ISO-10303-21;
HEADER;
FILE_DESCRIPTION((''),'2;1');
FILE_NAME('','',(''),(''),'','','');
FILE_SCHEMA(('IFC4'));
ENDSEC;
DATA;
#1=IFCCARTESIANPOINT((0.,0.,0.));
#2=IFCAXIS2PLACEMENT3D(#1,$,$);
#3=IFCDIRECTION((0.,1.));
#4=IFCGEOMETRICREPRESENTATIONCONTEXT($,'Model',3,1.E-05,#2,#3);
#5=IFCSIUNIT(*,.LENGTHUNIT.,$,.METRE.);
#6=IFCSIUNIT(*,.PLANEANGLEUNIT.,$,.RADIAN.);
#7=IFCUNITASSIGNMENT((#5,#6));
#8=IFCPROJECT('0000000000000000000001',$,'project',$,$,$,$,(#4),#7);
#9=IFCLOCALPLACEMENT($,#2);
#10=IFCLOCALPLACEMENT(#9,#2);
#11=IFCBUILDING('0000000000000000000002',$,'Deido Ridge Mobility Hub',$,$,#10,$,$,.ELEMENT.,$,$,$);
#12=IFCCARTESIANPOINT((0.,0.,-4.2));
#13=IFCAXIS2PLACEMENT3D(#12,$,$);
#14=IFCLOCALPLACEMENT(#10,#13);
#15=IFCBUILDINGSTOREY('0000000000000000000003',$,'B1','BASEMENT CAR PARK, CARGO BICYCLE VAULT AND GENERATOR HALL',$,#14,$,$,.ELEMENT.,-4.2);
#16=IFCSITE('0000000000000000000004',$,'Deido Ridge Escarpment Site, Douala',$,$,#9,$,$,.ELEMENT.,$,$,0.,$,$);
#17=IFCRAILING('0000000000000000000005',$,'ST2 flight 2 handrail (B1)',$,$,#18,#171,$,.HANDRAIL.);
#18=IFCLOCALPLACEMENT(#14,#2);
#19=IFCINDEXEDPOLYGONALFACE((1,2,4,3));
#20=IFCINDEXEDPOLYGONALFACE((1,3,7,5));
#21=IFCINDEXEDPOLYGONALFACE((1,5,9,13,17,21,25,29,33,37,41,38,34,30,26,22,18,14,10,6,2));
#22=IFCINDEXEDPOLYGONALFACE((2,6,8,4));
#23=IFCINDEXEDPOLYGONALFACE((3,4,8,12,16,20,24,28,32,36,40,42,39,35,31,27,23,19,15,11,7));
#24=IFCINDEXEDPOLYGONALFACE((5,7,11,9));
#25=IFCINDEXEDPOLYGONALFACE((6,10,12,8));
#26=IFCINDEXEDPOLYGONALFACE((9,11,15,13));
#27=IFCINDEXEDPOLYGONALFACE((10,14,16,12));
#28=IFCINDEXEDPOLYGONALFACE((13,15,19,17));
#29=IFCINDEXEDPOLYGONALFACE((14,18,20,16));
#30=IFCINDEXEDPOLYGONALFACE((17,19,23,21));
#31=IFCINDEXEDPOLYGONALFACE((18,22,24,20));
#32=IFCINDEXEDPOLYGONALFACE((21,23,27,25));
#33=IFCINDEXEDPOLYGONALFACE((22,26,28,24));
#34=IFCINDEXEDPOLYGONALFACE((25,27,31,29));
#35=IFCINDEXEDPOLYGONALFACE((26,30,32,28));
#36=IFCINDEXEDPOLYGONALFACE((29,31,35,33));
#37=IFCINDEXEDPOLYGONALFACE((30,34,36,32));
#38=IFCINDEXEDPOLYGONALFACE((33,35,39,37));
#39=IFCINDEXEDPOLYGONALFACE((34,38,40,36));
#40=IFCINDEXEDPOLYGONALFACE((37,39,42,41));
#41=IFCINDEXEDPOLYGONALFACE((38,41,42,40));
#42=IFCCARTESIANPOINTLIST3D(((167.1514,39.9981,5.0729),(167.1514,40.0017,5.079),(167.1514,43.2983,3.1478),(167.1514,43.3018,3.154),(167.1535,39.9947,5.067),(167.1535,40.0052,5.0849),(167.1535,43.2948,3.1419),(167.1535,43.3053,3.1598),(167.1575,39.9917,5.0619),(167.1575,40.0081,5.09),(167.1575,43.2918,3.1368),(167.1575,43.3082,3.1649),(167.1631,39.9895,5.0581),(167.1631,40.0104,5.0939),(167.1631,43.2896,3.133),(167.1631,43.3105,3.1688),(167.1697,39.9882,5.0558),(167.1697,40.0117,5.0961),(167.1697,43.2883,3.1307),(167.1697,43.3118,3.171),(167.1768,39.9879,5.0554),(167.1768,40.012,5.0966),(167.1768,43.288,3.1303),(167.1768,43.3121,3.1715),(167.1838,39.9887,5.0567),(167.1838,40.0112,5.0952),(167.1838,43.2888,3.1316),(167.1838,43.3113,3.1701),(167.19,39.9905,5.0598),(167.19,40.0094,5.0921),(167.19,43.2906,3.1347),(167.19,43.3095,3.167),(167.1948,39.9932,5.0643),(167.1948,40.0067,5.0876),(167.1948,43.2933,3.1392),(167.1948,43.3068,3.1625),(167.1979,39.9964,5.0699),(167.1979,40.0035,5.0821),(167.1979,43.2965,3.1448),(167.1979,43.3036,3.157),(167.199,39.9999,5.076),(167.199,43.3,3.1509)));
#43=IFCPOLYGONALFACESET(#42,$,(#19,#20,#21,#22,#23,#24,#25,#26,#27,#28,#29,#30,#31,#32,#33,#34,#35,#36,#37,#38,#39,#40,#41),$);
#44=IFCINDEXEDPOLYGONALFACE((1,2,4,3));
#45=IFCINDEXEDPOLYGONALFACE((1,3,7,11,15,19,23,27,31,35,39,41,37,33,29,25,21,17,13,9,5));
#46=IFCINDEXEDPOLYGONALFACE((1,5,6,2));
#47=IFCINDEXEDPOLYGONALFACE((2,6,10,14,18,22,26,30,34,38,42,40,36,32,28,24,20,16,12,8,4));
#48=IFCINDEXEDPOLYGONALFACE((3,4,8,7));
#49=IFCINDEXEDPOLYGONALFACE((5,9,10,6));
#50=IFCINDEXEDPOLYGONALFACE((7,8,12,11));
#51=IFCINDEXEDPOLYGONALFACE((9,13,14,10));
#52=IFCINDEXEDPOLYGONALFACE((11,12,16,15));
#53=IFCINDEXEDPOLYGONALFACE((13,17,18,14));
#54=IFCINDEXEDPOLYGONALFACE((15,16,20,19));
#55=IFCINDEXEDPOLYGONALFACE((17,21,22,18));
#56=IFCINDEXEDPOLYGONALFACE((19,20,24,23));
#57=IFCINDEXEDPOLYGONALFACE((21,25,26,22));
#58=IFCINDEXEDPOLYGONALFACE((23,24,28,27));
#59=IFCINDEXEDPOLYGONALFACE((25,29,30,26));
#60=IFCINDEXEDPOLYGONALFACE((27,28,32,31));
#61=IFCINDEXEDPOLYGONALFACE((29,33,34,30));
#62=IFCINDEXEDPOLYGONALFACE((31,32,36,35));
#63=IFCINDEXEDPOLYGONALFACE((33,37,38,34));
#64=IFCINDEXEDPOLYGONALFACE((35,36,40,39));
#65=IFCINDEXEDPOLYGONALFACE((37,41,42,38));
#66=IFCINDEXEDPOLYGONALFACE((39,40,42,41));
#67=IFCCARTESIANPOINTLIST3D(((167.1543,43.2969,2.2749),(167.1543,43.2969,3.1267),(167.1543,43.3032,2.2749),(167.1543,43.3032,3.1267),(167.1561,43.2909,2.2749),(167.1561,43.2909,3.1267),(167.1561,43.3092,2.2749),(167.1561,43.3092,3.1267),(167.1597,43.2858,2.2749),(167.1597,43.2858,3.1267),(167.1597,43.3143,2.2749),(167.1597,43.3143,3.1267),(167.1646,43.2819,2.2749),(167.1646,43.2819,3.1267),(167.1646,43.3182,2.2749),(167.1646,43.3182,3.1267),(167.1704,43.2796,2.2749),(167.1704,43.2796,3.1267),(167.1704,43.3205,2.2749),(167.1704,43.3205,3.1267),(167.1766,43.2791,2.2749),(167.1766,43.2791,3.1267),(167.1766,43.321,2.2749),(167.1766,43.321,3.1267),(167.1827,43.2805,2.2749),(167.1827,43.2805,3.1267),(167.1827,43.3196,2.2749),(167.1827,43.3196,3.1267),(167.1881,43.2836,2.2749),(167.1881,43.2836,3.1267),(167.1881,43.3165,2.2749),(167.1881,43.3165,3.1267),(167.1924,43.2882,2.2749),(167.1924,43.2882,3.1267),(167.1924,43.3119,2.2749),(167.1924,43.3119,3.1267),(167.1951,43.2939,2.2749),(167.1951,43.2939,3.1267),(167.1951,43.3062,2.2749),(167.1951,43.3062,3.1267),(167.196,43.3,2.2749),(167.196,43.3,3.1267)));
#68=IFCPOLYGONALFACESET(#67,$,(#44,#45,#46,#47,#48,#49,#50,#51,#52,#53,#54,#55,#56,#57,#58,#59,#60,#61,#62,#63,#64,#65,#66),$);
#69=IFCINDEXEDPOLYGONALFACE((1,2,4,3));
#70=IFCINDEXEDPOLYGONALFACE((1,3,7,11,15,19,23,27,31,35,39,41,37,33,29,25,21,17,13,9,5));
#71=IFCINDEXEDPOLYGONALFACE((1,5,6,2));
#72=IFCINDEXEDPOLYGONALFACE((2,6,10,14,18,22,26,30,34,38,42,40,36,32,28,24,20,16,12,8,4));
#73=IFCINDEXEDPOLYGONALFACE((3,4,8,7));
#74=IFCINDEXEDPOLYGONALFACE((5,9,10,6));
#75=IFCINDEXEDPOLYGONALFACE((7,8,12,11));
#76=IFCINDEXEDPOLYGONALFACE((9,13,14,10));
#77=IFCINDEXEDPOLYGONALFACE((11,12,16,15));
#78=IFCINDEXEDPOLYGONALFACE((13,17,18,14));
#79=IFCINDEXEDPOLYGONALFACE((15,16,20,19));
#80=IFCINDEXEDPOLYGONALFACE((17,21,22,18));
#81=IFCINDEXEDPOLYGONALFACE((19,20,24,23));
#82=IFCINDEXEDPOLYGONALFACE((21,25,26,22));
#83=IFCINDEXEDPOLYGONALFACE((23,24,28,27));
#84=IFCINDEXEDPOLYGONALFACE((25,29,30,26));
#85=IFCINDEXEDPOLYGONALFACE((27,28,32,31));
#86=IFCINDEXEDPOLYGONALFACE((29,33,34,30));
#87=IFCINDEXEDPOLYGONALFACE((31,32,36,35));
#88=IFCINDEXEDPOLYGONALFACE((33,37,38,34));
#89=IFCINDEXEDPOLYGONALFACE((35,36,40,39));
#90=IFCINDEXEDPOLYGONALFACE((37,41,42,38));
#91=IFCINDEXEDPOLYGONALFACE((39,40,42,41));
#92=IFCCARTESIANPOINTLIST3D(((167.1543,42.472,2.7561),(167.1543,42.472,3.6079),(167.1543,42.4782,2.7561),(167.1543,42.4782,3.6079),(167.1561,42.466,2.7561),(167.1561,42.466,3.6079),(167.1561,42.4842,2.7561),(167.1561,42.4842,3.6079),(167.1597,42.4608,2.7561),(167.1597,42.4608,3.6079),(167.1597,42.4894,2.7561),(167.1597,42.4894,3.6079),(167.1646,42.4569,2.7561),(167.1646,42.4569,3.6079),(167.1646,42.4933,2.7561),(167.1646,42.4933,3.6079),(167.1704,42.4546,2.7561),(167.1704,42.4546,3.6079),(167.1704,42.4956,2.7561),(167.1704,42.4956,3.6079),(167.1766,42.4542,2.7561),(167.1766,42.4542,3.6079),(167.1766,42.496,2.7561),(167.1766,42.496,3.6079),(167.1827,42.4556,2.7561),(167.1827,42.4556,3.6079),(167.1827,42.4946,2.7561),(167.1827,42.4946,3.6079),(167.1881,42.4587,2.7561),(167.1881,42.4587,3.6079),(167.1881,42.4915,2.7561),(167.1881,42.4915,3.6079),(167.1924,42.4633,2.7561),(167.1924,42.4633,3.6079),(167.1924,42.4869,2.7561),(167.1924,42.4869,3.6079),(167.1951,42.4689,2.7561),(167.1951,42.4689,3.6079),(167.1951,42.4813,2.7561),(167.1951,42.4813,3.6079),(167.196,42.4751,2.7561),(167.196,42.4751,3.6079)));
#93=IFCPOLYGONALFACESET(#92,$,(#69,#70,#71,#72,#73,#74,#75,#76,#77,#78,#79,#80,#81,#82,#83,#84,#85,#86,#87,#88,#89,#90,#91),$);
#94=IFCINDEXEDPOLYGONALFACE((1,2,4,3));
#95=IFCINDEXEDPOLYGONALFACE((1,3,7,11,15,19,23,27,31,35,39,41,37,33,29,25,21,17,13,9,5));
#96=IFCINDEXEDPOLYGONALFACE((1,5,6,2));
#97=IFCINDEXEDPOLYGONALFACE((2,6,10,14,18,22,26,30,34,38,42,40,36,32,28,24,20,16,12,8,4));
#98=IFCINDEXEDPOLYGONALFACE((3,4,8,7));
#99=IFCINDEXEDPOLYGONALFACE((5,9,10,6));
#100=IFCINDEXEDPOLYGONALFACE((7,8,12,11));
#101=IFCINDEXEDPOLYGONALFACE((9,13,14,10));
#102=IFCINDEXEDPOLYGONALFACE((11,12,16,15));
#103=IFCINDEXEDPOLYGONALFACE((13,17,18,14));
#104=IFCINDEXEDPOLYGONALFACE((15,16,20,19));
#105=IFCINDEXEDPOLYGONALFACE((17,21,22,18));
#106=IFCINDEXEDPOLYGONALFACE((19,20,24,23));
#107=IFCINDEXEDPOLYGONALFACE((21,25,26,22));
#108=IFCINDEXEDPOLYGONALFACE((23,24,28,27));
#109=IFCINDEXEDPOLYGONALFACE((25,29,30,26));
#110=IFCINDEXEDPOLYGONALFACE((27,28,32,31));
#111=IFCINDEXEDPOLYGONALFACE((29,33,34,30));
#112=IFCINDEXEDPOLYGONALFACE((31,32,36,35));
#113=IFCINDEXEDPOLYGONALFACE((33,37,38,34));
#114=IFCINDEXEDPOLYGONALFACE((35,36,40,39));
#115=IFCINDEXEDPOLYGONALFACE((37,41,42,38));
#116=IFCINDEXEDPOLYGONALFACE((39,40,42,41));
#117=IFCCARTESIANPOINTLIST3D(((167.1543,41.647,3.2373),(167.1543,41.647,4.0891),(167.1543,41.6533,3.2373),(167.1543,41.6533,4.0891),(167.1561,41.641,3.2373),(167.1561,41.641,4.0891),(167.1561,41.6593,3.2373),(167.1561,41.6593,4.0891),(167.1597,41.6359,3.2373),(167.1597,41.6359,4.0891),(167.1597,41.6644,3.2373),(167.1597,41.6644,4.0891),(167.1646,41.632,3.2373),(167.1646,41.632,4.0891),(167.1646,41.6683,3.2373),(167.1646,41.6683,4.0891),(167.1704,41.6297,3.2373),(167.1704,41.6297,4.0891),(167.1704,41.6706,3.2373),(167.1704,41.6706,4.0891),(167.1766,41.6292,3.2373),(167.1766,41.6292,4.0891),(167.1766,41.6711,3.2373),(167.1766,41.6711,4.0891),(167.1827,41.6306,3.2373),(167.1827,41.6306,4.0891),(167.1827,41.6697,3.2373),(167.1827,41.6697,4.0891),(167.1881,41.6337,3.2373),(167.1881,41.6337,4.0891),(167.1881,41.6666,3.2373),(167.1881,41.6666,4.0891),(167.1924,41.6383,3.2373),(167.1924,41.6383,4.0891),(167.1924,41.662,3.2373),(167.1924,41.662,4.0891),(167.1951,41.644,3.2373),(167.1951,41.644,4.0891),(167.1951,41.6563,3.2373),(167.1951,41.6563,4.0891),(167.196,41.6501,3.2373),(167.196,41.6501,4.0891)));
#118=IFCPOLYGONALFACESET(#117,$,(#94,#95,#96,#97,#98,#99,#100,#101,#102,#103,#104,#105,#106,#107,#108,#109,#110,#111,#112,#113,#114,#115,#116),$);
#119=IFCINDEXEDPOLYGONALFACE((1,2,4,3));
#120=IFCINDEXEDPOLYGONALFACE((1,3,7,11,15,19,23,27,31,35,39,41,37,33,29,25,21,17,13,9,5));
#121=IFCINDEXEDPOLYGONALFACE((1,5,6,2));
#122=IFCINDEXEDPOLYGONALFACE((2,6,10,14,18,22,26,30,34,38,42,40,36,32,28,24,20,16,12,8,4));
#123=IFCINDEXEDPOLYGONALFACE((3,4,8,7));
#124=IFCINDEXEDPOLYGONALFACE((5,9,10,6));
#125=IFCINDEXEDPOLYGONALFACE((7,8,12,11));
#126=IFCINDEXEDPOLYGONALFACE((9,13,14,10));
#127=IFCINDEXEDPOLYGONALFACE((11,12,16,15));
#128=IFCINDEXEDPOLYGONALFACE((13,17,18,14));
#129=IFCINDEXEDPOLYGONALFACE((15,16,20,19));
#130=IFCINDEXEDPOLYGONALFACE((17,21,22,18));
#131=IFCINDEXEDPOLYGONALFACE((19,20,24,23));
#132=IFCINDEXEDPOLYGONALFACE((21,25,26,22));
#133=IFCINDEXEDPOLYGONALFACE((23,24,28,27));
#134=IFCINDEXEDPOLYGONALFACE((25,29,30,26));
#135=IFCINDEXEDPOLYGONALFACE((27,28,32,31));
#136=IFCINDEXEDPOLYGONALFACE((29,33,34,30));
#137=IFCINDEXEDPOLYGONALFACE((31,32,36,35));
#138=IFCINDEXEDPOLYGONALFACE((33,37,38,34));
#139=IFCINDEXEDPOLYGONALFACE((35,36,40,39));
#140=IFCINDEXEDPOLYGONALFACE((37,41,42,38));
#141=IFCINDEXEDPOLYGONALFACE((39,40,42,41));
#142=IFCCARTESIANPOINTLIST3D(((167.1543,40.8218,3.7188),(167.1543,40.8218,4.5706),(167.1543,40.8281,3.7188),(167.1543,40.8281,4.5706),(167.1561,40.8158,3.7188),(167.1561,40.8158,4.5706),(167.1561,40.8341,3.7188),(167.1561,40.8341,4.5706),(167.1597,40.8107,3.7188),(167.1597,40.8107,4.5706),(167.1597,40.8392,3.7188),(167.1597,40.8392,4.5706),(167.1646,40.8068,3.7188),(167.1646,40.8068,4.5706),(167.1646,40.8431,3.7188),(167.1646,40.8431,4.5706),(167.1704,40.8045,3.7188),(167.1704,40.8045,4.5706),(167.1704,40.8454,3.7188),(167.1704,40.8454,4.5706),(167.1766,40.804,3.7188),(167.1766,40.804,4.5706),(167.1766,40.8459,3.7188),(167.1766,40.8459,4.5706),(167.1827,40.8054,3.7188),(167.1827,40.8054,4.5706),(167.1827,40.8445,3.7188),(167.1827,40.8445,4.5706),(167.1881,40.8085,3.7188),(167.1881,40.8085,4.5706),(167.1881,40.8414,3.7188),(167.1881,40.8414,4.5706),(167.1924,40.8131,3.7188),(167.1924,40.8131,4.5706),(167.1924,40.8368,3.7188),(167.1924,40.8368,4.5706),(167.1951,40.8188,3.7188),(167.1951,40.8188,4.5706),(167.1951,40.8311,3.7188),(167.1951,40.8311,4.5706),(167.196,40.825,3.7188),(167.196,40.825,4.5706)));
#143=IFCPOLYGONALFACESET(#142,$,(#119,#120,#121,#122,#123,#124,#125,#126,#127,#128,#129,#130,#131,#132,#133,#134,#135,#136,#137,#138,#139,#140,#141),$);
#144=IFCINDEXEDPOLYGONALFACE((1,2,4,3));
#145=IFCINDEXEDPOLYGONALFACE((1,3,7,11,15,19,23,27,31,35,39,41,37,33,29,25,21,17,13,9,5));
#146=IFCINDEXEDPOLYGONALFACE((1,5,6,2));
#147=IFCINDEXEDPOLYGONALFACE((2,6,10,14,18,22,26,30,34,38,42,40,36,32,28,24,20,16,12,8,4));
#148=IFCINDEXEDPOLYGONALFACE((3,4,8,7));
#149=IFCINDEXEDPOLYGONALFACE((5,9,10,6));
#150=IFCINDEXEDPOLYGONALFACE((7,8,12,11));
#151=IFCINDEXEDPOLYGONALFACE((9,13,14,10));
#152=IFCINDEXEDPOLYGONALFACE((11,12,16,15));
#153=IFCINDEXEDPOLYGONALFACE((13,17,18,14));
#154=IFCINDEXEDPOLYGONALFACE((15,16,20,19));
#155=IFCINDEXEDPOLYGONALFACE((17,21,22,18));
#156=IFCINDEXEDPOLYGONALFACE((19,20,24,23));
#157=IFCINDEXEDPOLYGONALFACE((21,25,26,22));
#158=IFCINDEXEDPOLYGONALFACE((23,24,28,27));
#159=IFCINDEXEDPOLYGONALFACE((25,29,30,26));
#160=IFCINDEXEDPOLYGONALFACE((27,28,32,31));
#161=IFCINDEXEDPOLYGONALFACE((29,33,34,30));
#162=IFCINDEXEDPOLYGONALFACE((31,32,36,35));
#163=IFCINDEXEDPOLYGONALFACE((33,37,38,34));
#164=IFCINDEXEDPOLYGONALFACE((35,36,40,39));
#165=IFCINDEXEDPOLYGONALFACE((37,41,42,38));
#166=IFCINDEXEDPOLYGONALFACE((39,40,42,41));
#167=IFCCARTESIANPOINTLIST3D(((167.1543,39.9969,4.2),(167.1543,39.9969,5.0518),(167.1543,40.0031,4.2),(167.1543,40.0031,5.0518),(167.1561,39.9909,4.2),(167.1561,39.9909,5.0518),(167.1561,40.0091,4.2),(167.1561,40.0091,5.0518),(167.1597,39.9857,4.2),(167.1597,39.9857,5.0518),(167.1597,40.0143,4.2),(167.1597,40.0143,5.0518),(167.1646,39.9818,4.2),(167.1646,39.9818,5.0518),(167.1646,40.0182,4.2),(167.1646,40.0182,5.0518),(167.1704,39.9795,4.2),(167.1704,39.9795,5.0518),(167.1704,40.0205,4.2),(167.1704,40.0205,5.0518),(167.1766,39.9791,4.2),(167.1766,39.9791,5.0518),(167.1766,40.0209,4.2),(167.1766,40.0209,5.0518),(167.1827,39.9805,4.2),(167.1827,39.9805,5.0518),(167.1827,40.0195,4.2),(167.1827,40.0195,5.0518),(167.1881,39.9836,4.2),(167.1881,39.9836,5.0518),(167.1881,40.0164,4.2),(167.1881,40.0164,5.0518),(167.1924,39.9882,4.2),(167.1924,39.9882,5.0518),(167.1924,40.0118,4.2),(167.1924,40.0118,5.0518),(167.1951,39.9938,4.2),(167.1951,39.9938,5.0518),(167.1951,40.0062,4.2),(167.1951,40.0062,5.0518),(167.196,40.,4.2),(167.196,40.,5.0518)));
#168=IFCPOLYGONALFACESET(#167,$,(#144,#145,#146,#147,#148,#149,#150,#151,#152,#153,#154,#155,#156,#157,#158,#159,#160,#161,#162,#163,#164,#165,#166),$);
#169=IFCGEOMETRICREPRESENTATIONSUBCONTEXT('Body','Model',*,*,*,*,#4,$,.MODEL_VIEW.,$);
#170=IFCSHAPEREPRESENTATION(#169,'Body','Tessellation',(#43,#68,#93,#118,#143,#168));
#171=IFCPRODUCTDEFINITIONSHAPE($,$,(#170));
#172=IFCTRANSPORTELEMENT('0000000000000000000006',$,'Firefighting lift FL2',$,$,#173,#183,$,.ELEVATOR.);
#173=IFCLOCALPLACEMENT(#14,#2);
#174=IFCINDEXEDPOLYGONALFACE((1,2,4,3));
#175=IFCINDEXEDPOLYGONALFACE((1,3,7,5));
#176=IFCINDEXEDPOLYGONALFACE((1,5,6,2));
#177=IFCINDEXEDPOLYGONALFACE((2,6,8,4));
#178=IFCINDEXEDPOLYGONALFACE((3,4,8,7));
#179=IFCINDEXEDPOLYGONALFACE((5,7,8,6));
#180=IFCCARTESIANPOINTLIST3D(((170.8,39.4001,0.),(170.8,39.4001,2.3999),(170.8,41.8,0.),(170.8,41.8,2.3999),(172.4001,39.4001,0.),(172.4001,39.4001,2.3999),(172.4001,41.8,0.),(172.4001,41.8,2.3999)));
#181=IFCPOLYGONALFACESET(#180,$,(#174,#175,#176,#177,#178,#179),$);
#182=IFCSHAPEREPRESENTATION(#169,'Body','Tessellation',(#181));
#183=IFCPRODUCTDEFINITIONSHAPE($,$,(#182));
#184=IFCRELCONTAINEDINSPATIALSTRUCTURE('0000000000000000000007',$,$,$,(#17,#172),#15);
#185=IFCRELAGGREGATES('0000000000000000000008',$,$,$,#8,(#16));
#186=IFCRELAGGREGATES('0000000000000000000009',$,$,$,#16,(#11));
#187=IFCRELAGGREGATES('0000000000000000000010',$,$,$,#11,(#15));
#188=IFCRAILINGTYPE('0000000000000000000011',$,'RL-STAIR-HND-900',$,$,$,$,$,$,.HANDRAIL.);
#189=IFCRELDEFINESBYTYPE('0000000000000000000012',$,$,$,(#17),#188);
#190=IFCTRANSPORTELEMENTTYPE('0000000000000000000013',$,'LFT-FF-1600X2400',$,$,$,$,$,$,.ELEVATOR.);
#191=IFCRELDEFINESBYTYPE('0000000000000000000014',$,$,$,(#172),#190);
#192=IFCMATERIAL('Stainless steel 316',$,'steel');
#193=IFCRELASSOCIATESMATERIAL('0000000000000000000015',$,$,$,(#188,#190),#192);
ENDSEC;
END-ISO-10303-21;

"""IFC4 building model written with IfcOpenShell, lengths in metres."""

from ifc_helpers import new_model, si_unit, direction, frame, origin, origin_2d, place, context, subcontext, project, spatial, rectangle, circle, extrude, material, type_object, element, save


model = new_model("IFC4")

# Units and contexts
model_context = context("Model", 3, precision=1e-05, world=origin(), true_north=direction((0.0, 1.0)))
body_context = subcontext(model_context, "Body", "Model", "MODEL_VIEW")
ifc_project = project(units=[si_unit("LENGTHUNIT", "METRE"), si_unit("PLANEANGLEUNIT", "RADIAN")], contexts=[model_context])

# Site, building, storey
site_placement = place(None, origin())
site = spatial("IfcSite", under=ifc_project, at=site_placement, Name="Deido Ridge Escarpment Site, Douala", CompositionType="ELEMENT", RefElevation=0.0)
building_placement = place(site_placement, origin())
building = spatial("IfcBuilding", under=site, at=building_placement, Name="Deido Ridge Mobility Hub", CompositionType="ELEMENT")
storey_placement = place(building_placement, frame((0.0, 0.0, -4.2)))
storey = spatial("IfcBuildingStorey", under=building, at=storey_placement, Name="B1", Description="BASEMENT CAR PARK, CARGO BICYCLE VAULT AND GENERATOR HALL", CompositionType="ELEMENT", Elevation=-4.2)

# Shared definitions
ifc_material_1 = material(Name="Stainless steel 316", Category="steel")

# Railing
railing_type_1 = type_object("IfcRailingType", Name="RL-STAIR-HND-900", PredefinedType="HANDRAIL", material=ifc_material_1)
railing_1_placement = place(storey_placement, frame((167.175, 43.3, 2.2749)))
element("IfcRailing", 1, at=railing_1_placement, inside=storey, type_object=railing_type_1, Name="ST2 flight 2 handrail (B1)", PredefinedType="HANDRAIL", context=body_context, shape_type="SweptSolid", body=[
    extrude(circle(Radius=0.0239, at=origin_2d()), frame((0.0, 0.0, 0.876), z_axis=(0.0, -0.863777, 0.503875), x_axis=(1.0, 0.0, 0.0)), (0.0, 0.0, 1.0), 3.8206),
    extrude(circle(Radius=0.021, at=origin_2d()), origin(), (0.0, 0.0, 1.0), 0.8518),
    extrude(circle(Radius=0.021, at=origin_2d()), frame((0.0, -0.825, 0.4812)), (0.0, 0.0, 1.0), 0.8518),
    extrude(circle(Radius=0.021, at=origin_2d()), frame((0.0, -1.6499, 0.9624)), (0.0, 0.0, 1.0), 0.8518),
    extrude(circle(Radius=0.021, at=origin_2d()), frame((0.0, -2.4751, 1.4438)), (0.0, 0.0, 1.0), 0.8518),
    extrude(circle(Radius=0.021, at=origin_2d()), frame((0.0, -3.3, 1.925)), (0.0, 0.0, 1.0), 0.8518),
])

# Transport element
transport_element_type = type_object("IfcTransportElementType", Name="LFT-FF-1600X2400", PredefinedType="ELEVATOR", material=ifc_material_1)
transport_element_placement = place(storey_placement, frame((171.6001, 40.6001, 0.0), z_axis=(0.0, 0.0, 1.0), x_axis=(1.0, 0.0, 0.0)))
element("IfcTransportElement", 2, at=transport_element_placement, inside=storey, type_object=transport_element_type, Name="Firefighting lift FL2", PredefinedType="ELEVATOR", context=body_context, shape_type="SweptSolid", body=[
    extrude(rectangle(XDim=1.6001, YDim=2.3999, at=origin_2d()), origin(), (0.0, 0.0, 1.0), 2.3999),
])

save(model, "model.ifc")
